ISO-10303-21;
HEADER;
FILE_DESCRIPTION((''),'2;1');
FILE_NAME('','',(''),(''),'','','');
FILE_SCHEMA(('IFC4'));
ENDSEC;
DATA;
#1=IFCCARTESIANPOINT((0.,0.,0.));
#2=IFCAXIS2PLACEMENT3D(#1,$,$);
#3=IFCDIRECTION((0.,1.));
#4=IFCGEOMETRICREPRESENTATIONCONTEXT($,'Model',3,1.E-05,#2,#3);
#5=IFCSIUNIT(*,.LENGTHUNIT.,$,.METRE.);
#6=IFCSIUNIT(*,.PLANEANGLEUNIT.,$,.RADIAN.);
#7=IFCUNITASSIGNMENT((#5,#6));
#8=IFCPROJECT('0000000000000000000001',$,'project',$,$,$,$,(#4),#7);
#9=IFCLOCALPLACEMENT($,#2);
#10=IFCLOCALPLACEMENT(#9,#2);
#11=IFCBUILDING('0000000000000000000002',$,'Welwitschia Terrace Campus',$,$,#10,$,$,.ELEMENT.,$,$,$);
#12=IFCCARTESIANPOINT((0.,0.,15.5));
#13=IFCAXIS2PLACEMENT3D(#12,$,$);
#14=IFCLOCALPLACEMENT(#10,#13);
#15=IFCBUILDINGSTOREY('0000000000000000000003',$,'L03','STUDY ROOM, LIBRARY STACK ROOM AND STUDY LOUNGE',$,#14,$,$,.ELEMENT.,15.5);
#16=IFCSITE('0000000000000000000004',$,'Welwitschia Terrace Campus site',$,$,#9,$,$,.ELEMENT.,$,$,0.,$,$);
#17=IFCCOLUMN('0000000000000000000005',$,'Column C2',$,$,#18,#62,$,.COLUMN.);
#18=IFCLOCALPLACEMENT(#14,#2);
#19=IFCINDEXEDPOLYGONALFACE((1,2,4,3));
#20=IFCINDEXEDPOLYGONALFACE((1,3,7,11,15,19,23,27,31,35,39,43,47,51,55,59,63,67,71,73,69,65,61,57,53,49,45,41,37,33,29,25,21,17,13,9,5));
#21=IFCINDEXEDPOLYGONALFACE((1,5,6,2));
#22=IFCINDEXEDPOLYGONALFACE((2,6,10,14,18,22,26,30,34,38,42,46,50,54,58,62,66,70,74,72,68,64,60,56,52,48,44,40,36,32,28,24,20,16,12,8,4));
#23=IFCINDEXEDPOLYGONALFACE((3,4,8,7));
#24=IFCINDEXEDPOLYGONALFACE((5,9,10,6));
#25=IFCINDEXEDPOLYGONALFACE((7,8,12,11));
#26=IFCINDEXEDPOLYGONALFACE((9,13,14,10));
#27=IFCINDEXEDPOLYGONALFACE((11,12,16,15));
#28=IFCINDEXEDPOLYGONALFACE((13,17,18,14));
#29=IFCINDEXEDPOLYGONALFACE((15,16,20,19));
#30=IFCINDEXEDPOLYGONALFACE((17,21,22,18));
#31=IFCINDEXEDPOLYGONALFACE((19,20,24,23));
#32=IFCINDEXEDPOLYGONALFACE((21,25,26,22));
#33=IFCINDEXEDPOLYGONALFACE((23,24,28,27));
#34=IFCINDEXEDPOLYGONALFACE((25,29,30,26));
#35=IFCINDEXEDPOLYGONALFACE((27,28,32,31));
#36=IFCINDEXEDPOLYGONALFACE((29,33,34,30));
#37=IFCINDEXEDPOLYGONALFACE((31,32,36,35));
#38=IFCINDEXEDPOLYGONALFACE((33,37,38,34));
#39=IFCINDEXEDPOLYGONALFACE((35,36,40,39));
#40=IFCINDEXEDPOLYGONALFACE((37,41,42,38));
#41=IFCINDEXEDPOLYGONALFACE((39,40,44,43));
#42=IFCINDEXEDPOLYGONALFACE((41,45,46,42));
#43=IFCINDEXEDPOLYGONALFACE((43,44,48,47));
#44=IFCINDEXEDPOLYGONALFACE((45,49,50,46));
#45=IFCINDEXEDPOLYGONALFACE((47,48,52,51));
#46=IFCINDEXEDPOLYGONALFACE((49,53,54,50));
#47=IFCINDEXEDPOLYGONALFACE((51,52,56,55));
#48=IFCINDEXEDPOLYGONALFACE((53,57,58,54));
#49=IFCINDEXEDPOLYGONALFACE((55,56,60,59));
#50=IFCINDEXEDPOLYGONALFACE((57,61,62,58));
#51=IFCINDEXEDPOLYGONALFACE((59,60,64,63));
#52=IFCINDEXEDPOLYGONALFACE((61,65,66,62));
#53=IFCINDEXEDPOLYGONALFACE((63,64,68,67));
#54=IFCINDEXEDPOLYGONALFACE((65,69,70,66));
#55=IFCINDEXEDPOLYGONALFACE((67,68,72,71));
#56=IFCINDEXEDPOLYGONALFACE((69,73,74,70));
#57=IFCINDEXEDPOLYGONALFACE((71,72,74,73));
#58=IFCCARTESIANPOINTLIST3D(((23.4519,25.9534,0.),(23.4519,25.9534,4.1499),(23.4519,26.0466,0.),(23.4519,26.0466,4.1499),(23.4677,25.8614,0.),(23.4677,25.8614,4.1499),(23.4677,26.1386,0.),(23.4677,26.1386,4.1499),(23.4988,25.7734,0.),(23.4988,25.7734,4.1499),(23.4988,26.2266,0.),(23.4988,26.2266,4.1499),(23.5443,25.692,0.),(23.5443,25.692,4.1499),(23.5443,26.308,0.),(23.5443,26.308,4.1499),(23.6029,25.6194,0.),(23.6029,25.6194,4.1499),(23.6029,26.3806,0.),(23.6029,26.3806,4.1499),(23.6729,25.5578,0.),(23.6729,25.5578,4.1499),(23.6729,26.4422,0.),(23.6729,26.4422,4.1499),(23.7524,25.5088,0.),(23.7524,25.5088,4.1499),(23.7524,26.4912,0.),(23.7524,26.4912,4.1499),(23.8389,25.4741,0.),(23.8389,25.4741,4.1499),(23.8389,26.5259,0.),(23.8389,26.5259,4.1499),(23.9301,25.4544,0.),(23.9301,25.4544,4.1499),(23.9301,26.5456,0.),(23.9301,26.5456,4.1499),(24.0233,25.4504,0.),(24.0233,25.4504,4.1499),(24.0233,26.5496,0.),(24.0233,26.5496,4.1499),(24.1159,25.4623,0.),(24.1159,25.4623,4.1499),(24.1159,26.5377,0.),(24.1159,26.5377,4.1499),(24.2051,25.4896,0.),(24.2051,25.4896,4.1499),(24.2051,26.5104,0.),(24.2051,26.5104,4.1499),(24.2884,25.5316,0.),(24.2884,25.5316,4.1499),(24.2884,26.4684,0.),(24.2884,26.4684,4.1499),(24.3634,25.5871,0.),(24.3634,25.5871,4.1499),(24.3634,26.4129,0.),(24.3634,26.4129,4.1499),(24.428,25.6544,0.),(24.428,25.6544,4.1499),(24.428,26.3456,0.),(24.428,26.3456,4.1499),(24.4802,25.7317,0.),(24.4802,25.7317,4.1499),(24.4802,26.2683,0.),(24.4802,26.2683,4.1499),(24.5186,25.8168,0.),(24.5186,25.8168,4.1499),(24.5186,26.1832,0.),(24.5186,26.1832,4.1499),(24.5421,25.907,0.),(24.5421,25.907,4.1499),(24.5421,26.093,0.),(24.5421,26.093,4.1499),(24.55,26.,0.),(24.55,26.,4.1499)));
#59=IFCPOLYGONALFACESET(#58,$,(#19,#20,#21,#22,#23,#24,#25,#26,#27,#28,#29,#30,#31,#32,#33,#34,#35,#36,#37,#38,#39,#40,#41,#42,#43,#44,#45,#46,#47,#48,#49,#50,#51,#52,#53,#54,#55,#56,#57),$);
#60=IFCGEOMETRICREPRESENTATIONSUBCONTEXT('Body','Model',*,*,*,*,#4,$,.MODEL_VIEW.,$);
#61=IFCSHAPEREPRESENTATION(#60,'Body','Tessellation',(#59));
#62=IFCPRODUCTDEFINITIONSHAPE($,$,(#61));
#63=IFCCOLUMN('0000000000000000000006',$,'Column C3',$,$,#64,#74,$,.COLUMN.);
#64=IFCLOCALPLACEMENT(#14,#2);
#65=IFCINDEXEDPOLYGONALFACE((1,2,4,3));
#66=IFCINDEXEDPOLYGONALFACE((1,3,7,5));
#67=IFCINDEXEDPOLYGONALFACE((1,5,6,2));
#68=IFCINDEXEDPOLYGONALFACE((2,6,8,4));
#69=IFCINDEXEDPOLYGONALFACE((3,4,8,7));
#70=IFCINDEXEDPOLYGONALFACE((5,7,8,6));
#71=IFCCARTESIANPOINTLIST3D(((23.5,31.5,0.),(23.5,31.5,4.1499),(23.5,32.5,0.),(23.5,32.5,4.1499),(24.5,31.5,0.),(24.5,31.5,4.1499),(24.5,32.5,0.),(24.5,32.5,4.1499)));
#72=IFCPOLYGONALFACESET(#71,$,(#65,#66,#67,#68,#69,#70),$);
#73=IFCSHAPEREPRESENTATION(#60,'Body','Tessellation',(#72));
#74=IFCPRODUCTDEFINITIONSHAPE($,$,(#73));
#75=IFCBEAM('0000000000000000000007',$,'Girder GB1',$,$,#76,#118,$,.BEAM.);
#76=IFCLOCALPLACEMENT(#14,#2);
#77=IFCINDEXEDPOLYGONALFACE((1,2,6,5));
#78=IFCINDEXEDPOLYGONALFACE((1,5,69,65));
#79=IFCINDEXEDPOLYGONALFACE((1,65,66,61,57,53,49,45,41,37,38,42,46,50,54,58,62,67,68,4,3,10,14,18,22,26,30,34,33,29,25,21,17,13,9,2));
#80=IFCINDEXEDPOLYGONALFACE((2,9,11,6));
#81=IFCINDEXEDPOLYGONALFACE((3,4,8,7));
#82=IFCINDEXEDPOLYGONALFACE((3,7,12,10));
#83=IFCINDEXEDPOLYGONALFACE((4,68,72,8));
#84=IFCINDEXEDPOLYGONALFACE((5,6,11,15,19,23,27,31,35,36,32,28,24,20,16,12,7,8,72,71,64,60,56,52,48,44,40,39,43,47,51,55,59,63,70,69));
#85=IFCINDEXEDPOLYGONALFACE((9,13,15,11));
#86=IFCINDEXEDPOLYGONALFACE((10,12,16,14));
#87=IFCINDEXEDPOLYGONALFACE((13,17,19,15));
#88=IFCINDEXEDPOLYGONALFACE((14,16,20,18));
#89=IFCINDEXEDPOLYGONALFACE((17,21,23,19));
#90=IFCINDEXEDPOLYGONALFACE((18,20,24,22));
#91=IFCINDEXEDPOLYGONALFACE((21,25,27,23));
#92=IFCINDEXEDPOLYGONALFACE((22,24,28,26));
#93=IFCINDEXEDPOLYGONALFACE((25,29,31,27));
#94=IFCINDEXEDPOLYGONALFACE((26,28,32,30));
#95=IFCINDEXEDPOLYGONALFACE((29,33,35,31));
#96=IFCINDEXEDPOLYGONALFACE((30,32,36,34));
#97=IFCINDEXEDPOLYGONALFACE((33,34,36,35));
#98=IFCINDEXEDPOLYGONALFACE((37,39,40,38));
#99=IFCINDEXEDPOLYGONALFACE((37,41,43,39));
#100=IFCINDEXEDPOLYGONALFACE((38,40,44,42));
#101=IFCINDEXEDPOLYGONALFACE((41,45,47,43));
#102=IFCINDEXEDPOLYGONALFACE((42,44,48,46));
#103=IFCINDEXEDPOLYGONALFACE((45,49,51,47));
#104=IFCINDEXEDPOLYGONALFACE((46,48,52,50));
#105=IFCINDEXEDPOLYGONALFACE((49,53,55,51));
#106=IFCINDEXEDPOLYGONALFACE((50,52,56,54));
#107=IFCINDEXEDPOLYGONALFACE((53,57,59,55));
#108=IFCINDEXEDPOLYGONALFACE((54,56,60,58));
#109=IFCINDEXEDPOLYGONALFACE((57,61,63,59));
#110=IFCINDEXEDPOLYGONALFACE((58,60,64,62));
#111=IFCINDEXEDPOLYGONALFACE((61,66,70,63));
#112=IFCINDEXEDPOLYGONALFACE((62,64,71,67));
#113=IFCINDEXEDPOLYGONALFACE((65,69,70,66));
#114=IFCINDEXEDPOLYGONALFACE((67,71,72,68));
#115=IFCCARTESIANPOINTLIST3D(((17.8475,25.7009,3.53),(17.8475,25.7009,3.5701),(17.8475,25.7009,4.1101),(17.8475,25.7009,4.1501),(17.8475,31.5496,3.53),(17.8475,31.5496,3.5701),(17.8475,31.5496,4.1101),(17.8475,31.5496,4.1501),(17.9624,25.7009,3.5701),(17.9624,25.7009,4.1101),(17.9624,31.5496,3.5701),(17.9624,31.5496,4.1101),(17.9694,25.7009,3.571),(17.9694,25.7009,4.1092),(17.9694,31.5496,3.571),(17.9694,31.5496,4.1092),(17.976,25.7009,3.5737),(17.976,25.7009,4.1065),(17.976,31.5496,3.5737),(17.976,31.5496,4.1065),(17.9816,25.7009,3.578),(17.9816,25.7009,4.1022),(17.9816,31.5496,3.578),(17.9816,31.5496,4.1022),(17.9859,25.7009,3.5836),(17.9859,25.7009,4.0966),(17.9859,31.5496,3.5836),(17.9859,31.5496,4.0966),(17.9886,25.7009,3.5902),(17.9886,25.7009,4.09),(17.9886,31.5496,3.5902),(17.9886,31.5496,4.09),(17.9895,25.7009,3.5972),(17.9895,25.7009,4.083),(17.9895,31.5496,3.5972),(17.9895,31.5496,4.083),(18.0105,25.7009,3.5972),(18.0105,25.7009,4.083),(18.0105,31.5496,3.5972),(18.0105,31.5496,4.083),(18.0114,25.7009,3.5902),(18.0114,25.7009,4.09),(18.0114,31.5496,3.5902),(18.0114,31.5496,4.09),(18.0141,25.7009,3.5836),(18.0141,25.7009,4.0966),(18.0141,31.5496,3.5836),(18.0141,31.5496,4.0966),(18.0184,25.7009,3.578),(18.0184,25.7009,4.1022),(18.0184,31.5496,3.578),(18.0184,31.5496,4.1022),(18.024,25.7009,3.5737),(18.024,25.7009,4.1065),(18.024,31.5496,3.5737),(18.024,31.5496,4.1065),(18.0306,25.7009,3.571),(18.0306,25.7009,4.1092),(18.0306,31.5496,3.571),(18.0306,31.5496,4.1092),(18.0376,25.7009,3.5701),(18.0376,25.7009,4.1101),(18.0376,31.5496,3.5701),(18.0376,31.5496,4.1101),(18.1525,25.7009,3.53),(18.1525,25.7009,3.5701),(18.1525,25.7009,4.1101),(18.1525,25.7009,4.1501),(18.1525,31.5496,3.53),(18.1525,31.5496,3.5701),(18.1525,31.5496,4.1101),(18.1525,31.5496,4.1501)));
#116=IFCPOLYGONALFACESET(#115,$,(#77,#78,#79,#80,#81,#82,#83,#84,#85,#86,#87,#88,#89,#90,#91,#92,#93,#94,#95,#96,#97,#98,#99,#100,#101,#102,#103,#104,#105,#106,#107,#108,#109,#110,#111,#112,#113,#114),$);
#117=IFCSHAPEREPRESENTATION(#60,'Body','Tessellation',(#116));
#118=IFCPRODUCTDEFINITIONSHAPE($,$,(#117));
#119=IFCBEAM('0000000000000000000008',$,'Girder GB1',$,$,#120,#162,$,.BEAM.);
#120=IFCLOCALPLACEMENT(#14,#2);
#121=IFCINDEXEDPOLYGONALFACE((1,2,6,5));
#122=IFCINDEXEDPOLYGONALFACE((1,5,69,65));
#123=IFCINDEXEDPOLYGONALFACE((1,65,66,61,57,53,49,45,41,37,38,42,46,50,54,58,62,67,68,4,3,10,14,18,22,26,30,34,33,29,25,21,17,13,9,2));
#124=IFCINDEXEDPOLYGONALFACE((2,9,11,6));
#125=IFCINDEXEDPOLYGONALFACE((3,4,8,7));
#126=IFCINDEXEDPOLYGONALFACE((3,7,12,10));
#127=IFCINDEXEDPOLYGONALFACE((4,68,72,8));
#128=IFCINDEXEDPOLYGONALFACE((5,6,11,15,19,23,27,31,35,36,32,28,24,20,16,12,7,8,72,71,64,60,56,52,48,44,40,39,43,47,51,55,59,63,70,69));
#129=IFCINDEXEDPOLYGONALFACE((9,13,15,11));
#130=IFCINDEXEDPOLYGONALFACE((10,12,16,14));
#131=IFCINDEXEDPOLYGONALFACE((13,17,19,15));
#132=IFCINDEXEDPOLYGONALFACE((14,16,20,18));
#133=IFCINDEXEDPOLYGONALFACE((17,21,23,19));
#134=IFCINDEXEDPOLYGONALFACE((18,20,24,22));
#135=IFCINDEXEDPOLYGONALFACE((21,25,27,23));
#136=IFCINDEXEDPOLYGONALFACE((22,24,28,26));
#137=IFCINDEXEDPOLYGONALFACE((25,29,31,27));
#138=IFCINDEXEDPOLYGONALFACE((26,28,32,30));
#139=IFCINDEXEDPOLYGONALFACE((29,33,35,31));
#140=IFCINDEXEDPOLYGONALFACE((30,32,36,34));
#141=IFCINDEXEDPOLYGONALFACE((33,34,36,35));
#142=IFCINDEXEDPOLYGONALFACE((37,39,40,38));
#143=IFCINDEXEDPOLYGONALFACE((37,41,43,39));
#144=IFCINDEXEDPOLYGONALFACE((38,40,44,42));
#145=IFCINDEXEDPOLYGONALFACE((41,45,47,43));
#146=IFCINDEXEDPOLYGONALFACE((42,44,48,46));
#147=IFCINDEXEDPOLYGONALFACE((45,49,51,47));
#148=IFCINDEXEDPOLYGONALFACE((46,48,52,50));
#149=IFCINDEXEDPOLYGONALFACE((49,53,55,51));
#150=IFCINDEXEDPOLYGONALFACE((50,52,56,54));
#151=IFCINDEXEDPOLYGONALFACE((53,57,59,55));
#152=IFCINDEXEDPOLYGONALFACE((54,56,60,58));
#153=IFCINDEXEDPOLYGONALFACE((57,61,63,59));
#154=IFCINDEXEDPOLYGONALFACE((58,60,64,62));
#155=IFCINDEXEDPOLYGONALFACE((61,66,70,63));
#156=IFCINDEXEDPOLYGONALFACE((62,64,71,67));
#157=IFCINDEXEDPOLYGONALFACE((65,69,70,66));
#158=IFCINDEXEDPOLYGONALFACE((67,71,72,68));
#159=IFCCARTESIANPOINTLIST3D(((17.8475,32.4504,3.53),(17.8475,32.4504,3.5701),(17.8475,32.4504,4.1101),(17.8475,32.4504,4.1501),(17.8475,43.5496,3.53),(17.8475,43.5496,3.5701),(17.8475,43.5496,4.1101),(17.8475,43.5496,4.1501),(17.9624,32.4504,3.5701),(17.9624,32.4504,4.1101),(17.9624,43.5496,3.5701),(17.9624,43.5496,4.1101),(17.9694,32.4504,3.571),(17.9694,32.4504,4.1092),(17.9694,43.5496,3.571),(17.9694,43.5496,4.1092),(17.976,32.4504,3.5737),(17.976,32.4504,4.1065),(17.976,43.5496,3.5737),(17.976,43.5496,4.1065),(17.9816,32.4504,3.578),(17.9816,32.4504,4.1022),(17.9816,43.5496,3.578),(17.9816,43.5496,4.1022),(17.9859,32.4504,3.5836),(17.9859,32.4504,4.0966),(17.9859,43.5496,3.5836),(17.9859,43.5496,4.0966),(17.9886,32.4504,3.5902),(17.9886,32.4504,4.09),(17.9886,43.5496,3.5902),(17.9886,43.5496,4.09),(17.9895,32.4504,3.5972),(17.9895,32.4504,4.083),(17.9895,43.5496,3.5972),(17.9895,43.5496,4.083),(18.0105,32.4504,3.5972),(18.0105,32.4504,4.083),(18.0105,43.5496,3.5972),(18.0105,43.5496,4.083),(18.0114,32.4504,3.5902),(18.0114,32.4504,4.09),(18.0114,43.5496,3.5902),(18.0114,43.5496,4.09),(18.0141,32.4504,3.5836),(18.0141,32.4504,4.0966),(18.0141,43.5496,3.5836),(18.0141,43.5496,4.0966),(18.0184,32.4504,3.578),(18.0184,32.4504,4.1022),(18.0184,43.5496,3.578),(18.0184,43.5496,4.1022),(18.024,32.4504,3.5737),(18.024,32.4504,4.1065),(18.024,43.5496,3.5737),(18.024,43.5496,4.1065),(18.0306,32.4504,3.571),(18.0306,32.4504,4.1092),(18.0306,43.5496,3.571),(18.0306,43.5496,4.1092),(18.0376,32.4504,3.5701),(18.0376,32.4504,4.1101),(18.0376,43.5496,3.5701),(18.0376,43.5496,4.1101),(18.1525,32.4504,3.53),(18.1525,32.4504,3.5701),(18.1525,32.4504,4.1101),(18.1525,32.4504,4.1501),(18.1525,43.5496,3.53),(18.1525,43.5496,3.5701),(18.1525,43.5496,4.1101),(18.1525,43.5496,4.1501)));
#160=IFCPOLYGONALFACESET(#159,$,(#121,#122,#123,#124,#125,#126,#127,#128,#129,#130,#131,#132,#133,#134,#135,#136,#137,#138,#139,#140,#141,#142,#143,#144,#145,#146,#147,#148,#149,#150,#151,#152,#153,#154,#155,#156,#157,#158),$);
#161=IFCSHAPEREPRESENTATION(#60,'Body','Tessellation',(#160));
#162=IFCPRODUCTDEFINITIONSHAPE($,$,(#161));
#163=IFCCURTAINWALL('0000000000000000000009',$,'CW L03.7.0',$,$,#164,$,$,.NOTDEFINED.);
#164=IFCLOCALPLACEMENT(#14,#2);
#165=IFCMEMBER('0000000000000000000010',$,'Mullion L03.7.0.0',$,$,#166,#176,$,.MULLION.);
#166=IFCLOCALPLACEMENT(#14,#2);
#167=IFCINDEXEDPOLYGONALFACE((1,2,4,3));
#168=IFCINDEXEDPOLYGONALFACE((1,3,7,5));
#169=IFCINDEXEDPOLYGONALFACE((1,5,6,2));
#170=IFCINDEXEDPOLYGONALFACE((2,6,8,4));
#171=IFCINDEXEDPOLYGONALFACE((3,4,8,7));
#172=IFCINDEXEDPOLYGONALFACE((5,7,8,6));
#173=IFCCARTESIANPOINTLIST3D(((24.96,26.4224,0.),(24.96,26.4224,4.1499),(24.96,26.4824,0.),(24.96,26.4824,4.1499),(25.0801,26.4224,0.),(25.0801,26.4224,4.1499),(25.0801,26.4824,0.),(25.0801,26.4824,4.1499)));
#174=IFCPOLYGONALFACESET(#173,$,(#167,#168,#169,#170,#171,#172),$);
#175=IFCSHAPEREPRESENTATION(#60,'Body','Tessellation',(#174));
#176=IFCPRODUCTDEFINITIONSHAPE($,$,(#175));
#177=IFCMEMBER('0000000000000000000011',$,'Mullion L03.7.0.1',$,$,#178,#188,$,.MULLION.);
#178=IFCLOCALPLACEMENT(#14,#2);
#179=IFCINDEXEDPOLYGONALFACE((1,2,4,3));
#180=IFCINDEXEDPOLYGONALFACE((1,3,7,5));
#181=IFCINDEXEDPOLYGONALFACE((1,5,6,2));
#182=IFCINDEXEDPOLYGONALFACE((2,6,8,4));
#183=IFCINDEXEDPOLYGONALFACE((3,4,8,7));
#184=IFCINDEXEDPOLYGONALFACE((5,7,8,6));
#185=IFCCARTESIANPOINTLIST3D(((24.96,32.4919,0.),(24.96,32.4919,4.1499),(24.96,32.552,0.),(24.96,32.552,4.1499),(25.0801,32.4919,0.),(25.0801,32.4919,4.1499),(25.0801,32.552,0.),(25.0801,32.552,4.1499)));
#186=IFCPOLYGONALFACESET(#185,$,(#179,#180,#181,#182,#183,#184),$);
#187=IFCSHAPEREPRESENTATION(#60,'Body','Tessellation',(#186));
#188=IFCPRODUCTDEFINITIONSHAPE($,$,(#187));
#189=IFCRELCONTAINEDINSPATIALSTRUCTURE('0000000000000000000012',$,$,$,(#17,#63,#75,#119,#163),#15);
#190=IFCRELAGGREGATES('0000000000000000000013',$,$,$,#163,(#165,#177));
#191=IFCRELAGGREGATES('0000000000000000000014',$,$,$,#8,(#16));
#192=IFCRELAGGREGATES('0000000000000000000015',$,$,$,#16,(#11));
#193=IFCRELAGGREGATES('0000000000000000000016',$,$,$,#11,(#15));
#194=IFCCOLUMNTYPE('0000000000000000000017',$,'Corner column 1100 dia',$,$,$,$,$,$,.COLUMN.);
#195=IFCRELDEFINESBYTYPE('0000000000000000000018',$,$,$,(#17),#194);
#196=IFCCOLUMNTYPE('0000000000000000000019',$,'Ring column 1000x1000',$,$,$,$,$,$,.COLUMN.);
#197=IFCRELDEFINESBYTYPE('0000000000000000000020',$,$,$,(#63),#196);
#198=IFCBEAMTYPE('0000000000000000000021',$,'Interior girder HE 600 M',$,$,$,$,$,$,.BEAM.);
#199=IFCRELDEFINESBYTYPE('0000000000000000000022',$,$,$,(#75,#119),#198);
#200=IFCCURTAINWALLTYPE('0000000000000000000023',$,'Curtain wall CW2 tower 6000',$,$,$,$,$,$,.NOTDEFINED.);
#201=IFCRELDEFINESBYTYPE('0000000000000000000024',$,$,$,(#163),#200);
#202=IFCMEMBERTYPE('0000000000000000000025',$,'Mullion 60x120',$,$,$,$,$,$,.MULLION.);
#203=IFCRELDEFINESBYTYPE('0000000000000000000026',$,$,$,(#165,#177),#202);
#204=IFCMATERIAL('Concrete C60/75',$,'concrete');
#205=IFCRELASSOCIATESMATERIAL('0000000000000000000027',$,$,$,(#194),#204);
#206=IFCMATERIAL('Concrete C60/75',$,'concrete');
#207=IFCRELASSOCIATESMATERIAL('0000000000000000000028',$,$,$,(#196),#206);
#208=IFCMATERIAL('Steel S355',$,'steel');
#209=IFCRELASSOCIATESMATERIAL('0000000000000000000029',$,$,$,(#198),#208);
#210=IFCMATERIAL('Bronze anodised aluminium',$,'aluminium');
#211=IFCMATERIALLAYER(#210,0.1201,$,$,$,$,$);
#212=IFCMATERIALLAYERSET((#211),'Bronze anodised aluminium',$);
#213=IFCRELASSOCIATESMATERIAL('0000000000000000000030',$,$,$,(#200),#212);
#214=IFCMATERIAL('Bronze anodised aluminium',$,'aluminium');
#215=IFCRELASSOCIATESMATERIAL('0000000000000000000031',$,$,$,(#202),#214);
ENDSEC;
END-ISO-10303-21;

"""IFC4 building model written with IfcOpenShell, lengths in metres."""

from ifc_helpers import new_model, si_unit, direction, frame, origin, origin_2d, place, context, subcontext, project, spatial, rectangle, circle, i_section, extrude, material, layer, layer_set, material_profile, profile_set, type_object, element, aggregate, save


model = new_model("IFC4")

# Units and contexts
model_context = context("Model", 3, precision=1e-05, world=origin(), true_north=direction((0.0, 1.0)))
body_context = subcontext(model_context, "Body", "Model", "MODEL_VIEW")
ifc_project = project(units=[si_unit("LENGTHUNIT", "METRE"), si_unit("PLANEANGLEUNIT", "RADIAN")], contexts=[model_context])

# Site, building, storey
site_placement = place(None, origin())
site = spatial("IfcSite", under=ifc_project, at=site_placement, Name="Welwitschia Terrace Campus site", CompositionType="ELEMENT", RefElevation=0.0)
building_placement = place(site_placement, origin())
building = spatial("IfcBuilding", under=site, at=building_placement, Name="Welwitschia Terrace Campus", CompositionType="ELEMENT")
storey_placement = place(building_placement, frame((0.0, 0.0, 15.5)))
storey = spatial("IfcBuildingStorey", under=building, at=storey_placement, Name="L03", Description="STUDY ROOM, LIBRARY STACK ROOM AND STUDY LOUNGE", CompositionType="ELEMENT", Elevation=15.5)

# Columns
ifc_material_1 = material(Name="Concrete C60/75", Category="concrete")
ifc_material_profile_1 = material_profile(ifc_material_1, circle(Radius=0.55, at=origin_2d()))
ifc_profile_set_1 = profile_set([ifc_material_profile_1], Name="Concrete C60/75")
column_type_1 = type_object("IfcColumnType", Name="Corner column 1100 dia", PredefinedType="COLUMN", material=ifc_profile_set_1)
column_1_placement = place(storey_placement, frame((24.0, 26.0, 0.0), z_axis=(0.0, 0.0, 1.0), x_axis=(1.0, 0.0, 0.0)))
element("IfcColumn", 1, at=column_1_placement, inside=storey, type_object=column_type_1, Name="Column C2", PredefinedType="COLUMN", context=body_context, shape_type="SweptSolid", body=[
    extrude(circle(Radius=0.55, at=origin_2d()), origin(), (0.0, 0.0, 1.0), 4.1499),
])
ifc_material_2 = material(Name="Concrete C60/75", Category="concrete")
ifc_material_profile_2 = material_profile(ifc_material_2, rectangle(XDim=1.0, YDim=1.0, at=origin_2d()))
ifc_profile_set_2 = profile_set([ifc_material_profile_2], Name="Concrete C60/75")
column_type_2 = type_object("IfcColumnType", Name="Ring column 1000x1000", PredefinedType="COLUMN", material=ifc_profile_set_2)
column_2_placement = place(storey_placement, frame((24.0, 32.0, 0.0), z_axis=(0.0, 0.0, 1.0), x_axis=(1.0, 0.0, 0.0)))
element("IfcColumn", 2, at=column_2_placement, inside=storey, type_object=column_type_2, Name="Column C3", PredefinedType="COLUMN", context=body_context, shape_type="SweptSolid", body=[
    extrude(rectangle(XDim=1.0, YDim=1.0, at=origin_2d()), origin(), (0.0, 0.0, 1.0), 4.1499),
])

# Beams
ifc_material_3 = material(Name="Steel S355", Category="steel")
ifc_material_profile_3 = material_profile(ifc_material_3, i_section(OverallWidth=0.3049, OverallDepth=0.6201, WebThickness=0.021, FlangeThickness=0.04, FilletRadius=0.0271, at=origin_2d()))
ifc_profile_set_3 = profile_set([ifc_material_profile_3], Name="Steel S355")
beam_type_1 = type_object("IfcBeamType", Name="Interior girder HE 600 M", PredefinedType="BEAM", material=ifc_profile_set_3)
beam_1_placement = place(storey_placement, frame((18.0, 25.7009, 3.8401), z_axis=(0.0, 1.0, 0.0), x_axis=(-1.0, 0.0, 0.0)))
element("IfcBeam", 3, at=beam_1_placement, inside=storey, type_object=beam_type_1, Name="Girder GB1", PredefinedType="BEAM", context=body_context, shape_type="SweptSolid", body=[
    extrude(i_section(OverallWidth=0.3049, OverallDepth=0.6201, WebThickness=0.021, FlangeThickness=0.04, FilletRadius=0.0271, at=origin_2d()), origin(), (0.0, 0.0, 1.0), 5.8486),
])
beam_2_placement = place(storey_placement, frame((18.0, 32.4504, 3.8401), z_axis=(0.0, 1.0, 0.0), x_axis=(-1.0, 0.0, 0.0)))
element("IfcBeam", 4, at=beam_2_placement, inside=storey, type_object=beam_type_1, Name="Girder GB1", PredefinedType="BEAM", context=body_context, shape_type="SweptSolid", body=[
    extrude(i_section(OverallWidth=0.3049, OverallDepth=0.6201, WebThickness=0.021, FlangeThickness=0.04, FilletRadius=0.0271, at=origin_2d()), origin(), (0.0, 0.0, 1.0), 11.0991),
])

# Curtain wall, members
ifc_material_4 = material(Name="Bronze anodised aluminium", Category="aluminium")
ifc_layer_1 = layer(ifc_material_4, 0.1201)
ifc_layer_set_1 = layer_set([ifc_layer_1], Name="Bronze anodised aluminium")
curtain_wall_type = type_object("IfcCurtainWallType", Name="Curtain wall CW2 tower 6000", PredefinedType="NOTDEFINED", material=ifc_layer_set_1)
curtain_wall_placement = place(storey_placement, origin())
curtain_wall = element("IfcCurtainWall", 5, at=curtain_wall_placement, inside=storey, type_object=curtain_wall_type, Name="CW L03.7.0", PredefinedType="NOTDEFINED")
ifc_material_5 = material(Name="Bronze anodised aluminium", Category="aluminium")
ifc_material_profile_4 = material_profile(ifc_material_5, rectangle(XDim=0.1201, YDim=0.0601, at=origin_2d()))
ifc_profile_set_4 = profile_set([ifc_material_profile_4], Name="Bronze anodised aluminium")
member_type_1 = type_object("IfcMemberType", Name="Mullion 60x120", PredefinedType="MULLION", material=ifc_profile_set_4)
member_1_placement = place(storey_placement, frame((25.02, 26.4524, 0.0), z_axis=(0.0, 0.0, 1.0), x_axis=(-1.0, 0.0, 0.0)))
member_1 = element("IfcMember", 6, at=member_1_placement, type_object=member_type_1, Name="Mullion L03.7.0.0", PredefinedType="MULLION", context=body_context, shape_type="SweptSolid", body=[
    extrude(rectangle(XDim=0.1201, YDim=0.0601, at=origin_2d()), origin(), (0.0, 0.0, 1.0), 4.1499),
])
member_2_placement = place(storey_placement, frame((25.02, 32.522, 0.0), z_axis=(0.0, 0.0, 1.0), x_axis=(-1.0, 0.0, 0.0)))
member_2 = element("IfcMember", 7, at=member_2_placement, type_object=member_type_1, Name="Mullion L03.7.0.1", PredefinedType="MULLION", context=body_context, shape_type="SweptSolid", body=[
    extrude(rectangle(XDim=0.1201, YDim=0.0601, at=origin_2d()), origin(), (0.0, 0.0, 1.0), 4.1499),
])

aggregate(curtain_wall, [member_1, member_2])

save(model, "model.ifc")
